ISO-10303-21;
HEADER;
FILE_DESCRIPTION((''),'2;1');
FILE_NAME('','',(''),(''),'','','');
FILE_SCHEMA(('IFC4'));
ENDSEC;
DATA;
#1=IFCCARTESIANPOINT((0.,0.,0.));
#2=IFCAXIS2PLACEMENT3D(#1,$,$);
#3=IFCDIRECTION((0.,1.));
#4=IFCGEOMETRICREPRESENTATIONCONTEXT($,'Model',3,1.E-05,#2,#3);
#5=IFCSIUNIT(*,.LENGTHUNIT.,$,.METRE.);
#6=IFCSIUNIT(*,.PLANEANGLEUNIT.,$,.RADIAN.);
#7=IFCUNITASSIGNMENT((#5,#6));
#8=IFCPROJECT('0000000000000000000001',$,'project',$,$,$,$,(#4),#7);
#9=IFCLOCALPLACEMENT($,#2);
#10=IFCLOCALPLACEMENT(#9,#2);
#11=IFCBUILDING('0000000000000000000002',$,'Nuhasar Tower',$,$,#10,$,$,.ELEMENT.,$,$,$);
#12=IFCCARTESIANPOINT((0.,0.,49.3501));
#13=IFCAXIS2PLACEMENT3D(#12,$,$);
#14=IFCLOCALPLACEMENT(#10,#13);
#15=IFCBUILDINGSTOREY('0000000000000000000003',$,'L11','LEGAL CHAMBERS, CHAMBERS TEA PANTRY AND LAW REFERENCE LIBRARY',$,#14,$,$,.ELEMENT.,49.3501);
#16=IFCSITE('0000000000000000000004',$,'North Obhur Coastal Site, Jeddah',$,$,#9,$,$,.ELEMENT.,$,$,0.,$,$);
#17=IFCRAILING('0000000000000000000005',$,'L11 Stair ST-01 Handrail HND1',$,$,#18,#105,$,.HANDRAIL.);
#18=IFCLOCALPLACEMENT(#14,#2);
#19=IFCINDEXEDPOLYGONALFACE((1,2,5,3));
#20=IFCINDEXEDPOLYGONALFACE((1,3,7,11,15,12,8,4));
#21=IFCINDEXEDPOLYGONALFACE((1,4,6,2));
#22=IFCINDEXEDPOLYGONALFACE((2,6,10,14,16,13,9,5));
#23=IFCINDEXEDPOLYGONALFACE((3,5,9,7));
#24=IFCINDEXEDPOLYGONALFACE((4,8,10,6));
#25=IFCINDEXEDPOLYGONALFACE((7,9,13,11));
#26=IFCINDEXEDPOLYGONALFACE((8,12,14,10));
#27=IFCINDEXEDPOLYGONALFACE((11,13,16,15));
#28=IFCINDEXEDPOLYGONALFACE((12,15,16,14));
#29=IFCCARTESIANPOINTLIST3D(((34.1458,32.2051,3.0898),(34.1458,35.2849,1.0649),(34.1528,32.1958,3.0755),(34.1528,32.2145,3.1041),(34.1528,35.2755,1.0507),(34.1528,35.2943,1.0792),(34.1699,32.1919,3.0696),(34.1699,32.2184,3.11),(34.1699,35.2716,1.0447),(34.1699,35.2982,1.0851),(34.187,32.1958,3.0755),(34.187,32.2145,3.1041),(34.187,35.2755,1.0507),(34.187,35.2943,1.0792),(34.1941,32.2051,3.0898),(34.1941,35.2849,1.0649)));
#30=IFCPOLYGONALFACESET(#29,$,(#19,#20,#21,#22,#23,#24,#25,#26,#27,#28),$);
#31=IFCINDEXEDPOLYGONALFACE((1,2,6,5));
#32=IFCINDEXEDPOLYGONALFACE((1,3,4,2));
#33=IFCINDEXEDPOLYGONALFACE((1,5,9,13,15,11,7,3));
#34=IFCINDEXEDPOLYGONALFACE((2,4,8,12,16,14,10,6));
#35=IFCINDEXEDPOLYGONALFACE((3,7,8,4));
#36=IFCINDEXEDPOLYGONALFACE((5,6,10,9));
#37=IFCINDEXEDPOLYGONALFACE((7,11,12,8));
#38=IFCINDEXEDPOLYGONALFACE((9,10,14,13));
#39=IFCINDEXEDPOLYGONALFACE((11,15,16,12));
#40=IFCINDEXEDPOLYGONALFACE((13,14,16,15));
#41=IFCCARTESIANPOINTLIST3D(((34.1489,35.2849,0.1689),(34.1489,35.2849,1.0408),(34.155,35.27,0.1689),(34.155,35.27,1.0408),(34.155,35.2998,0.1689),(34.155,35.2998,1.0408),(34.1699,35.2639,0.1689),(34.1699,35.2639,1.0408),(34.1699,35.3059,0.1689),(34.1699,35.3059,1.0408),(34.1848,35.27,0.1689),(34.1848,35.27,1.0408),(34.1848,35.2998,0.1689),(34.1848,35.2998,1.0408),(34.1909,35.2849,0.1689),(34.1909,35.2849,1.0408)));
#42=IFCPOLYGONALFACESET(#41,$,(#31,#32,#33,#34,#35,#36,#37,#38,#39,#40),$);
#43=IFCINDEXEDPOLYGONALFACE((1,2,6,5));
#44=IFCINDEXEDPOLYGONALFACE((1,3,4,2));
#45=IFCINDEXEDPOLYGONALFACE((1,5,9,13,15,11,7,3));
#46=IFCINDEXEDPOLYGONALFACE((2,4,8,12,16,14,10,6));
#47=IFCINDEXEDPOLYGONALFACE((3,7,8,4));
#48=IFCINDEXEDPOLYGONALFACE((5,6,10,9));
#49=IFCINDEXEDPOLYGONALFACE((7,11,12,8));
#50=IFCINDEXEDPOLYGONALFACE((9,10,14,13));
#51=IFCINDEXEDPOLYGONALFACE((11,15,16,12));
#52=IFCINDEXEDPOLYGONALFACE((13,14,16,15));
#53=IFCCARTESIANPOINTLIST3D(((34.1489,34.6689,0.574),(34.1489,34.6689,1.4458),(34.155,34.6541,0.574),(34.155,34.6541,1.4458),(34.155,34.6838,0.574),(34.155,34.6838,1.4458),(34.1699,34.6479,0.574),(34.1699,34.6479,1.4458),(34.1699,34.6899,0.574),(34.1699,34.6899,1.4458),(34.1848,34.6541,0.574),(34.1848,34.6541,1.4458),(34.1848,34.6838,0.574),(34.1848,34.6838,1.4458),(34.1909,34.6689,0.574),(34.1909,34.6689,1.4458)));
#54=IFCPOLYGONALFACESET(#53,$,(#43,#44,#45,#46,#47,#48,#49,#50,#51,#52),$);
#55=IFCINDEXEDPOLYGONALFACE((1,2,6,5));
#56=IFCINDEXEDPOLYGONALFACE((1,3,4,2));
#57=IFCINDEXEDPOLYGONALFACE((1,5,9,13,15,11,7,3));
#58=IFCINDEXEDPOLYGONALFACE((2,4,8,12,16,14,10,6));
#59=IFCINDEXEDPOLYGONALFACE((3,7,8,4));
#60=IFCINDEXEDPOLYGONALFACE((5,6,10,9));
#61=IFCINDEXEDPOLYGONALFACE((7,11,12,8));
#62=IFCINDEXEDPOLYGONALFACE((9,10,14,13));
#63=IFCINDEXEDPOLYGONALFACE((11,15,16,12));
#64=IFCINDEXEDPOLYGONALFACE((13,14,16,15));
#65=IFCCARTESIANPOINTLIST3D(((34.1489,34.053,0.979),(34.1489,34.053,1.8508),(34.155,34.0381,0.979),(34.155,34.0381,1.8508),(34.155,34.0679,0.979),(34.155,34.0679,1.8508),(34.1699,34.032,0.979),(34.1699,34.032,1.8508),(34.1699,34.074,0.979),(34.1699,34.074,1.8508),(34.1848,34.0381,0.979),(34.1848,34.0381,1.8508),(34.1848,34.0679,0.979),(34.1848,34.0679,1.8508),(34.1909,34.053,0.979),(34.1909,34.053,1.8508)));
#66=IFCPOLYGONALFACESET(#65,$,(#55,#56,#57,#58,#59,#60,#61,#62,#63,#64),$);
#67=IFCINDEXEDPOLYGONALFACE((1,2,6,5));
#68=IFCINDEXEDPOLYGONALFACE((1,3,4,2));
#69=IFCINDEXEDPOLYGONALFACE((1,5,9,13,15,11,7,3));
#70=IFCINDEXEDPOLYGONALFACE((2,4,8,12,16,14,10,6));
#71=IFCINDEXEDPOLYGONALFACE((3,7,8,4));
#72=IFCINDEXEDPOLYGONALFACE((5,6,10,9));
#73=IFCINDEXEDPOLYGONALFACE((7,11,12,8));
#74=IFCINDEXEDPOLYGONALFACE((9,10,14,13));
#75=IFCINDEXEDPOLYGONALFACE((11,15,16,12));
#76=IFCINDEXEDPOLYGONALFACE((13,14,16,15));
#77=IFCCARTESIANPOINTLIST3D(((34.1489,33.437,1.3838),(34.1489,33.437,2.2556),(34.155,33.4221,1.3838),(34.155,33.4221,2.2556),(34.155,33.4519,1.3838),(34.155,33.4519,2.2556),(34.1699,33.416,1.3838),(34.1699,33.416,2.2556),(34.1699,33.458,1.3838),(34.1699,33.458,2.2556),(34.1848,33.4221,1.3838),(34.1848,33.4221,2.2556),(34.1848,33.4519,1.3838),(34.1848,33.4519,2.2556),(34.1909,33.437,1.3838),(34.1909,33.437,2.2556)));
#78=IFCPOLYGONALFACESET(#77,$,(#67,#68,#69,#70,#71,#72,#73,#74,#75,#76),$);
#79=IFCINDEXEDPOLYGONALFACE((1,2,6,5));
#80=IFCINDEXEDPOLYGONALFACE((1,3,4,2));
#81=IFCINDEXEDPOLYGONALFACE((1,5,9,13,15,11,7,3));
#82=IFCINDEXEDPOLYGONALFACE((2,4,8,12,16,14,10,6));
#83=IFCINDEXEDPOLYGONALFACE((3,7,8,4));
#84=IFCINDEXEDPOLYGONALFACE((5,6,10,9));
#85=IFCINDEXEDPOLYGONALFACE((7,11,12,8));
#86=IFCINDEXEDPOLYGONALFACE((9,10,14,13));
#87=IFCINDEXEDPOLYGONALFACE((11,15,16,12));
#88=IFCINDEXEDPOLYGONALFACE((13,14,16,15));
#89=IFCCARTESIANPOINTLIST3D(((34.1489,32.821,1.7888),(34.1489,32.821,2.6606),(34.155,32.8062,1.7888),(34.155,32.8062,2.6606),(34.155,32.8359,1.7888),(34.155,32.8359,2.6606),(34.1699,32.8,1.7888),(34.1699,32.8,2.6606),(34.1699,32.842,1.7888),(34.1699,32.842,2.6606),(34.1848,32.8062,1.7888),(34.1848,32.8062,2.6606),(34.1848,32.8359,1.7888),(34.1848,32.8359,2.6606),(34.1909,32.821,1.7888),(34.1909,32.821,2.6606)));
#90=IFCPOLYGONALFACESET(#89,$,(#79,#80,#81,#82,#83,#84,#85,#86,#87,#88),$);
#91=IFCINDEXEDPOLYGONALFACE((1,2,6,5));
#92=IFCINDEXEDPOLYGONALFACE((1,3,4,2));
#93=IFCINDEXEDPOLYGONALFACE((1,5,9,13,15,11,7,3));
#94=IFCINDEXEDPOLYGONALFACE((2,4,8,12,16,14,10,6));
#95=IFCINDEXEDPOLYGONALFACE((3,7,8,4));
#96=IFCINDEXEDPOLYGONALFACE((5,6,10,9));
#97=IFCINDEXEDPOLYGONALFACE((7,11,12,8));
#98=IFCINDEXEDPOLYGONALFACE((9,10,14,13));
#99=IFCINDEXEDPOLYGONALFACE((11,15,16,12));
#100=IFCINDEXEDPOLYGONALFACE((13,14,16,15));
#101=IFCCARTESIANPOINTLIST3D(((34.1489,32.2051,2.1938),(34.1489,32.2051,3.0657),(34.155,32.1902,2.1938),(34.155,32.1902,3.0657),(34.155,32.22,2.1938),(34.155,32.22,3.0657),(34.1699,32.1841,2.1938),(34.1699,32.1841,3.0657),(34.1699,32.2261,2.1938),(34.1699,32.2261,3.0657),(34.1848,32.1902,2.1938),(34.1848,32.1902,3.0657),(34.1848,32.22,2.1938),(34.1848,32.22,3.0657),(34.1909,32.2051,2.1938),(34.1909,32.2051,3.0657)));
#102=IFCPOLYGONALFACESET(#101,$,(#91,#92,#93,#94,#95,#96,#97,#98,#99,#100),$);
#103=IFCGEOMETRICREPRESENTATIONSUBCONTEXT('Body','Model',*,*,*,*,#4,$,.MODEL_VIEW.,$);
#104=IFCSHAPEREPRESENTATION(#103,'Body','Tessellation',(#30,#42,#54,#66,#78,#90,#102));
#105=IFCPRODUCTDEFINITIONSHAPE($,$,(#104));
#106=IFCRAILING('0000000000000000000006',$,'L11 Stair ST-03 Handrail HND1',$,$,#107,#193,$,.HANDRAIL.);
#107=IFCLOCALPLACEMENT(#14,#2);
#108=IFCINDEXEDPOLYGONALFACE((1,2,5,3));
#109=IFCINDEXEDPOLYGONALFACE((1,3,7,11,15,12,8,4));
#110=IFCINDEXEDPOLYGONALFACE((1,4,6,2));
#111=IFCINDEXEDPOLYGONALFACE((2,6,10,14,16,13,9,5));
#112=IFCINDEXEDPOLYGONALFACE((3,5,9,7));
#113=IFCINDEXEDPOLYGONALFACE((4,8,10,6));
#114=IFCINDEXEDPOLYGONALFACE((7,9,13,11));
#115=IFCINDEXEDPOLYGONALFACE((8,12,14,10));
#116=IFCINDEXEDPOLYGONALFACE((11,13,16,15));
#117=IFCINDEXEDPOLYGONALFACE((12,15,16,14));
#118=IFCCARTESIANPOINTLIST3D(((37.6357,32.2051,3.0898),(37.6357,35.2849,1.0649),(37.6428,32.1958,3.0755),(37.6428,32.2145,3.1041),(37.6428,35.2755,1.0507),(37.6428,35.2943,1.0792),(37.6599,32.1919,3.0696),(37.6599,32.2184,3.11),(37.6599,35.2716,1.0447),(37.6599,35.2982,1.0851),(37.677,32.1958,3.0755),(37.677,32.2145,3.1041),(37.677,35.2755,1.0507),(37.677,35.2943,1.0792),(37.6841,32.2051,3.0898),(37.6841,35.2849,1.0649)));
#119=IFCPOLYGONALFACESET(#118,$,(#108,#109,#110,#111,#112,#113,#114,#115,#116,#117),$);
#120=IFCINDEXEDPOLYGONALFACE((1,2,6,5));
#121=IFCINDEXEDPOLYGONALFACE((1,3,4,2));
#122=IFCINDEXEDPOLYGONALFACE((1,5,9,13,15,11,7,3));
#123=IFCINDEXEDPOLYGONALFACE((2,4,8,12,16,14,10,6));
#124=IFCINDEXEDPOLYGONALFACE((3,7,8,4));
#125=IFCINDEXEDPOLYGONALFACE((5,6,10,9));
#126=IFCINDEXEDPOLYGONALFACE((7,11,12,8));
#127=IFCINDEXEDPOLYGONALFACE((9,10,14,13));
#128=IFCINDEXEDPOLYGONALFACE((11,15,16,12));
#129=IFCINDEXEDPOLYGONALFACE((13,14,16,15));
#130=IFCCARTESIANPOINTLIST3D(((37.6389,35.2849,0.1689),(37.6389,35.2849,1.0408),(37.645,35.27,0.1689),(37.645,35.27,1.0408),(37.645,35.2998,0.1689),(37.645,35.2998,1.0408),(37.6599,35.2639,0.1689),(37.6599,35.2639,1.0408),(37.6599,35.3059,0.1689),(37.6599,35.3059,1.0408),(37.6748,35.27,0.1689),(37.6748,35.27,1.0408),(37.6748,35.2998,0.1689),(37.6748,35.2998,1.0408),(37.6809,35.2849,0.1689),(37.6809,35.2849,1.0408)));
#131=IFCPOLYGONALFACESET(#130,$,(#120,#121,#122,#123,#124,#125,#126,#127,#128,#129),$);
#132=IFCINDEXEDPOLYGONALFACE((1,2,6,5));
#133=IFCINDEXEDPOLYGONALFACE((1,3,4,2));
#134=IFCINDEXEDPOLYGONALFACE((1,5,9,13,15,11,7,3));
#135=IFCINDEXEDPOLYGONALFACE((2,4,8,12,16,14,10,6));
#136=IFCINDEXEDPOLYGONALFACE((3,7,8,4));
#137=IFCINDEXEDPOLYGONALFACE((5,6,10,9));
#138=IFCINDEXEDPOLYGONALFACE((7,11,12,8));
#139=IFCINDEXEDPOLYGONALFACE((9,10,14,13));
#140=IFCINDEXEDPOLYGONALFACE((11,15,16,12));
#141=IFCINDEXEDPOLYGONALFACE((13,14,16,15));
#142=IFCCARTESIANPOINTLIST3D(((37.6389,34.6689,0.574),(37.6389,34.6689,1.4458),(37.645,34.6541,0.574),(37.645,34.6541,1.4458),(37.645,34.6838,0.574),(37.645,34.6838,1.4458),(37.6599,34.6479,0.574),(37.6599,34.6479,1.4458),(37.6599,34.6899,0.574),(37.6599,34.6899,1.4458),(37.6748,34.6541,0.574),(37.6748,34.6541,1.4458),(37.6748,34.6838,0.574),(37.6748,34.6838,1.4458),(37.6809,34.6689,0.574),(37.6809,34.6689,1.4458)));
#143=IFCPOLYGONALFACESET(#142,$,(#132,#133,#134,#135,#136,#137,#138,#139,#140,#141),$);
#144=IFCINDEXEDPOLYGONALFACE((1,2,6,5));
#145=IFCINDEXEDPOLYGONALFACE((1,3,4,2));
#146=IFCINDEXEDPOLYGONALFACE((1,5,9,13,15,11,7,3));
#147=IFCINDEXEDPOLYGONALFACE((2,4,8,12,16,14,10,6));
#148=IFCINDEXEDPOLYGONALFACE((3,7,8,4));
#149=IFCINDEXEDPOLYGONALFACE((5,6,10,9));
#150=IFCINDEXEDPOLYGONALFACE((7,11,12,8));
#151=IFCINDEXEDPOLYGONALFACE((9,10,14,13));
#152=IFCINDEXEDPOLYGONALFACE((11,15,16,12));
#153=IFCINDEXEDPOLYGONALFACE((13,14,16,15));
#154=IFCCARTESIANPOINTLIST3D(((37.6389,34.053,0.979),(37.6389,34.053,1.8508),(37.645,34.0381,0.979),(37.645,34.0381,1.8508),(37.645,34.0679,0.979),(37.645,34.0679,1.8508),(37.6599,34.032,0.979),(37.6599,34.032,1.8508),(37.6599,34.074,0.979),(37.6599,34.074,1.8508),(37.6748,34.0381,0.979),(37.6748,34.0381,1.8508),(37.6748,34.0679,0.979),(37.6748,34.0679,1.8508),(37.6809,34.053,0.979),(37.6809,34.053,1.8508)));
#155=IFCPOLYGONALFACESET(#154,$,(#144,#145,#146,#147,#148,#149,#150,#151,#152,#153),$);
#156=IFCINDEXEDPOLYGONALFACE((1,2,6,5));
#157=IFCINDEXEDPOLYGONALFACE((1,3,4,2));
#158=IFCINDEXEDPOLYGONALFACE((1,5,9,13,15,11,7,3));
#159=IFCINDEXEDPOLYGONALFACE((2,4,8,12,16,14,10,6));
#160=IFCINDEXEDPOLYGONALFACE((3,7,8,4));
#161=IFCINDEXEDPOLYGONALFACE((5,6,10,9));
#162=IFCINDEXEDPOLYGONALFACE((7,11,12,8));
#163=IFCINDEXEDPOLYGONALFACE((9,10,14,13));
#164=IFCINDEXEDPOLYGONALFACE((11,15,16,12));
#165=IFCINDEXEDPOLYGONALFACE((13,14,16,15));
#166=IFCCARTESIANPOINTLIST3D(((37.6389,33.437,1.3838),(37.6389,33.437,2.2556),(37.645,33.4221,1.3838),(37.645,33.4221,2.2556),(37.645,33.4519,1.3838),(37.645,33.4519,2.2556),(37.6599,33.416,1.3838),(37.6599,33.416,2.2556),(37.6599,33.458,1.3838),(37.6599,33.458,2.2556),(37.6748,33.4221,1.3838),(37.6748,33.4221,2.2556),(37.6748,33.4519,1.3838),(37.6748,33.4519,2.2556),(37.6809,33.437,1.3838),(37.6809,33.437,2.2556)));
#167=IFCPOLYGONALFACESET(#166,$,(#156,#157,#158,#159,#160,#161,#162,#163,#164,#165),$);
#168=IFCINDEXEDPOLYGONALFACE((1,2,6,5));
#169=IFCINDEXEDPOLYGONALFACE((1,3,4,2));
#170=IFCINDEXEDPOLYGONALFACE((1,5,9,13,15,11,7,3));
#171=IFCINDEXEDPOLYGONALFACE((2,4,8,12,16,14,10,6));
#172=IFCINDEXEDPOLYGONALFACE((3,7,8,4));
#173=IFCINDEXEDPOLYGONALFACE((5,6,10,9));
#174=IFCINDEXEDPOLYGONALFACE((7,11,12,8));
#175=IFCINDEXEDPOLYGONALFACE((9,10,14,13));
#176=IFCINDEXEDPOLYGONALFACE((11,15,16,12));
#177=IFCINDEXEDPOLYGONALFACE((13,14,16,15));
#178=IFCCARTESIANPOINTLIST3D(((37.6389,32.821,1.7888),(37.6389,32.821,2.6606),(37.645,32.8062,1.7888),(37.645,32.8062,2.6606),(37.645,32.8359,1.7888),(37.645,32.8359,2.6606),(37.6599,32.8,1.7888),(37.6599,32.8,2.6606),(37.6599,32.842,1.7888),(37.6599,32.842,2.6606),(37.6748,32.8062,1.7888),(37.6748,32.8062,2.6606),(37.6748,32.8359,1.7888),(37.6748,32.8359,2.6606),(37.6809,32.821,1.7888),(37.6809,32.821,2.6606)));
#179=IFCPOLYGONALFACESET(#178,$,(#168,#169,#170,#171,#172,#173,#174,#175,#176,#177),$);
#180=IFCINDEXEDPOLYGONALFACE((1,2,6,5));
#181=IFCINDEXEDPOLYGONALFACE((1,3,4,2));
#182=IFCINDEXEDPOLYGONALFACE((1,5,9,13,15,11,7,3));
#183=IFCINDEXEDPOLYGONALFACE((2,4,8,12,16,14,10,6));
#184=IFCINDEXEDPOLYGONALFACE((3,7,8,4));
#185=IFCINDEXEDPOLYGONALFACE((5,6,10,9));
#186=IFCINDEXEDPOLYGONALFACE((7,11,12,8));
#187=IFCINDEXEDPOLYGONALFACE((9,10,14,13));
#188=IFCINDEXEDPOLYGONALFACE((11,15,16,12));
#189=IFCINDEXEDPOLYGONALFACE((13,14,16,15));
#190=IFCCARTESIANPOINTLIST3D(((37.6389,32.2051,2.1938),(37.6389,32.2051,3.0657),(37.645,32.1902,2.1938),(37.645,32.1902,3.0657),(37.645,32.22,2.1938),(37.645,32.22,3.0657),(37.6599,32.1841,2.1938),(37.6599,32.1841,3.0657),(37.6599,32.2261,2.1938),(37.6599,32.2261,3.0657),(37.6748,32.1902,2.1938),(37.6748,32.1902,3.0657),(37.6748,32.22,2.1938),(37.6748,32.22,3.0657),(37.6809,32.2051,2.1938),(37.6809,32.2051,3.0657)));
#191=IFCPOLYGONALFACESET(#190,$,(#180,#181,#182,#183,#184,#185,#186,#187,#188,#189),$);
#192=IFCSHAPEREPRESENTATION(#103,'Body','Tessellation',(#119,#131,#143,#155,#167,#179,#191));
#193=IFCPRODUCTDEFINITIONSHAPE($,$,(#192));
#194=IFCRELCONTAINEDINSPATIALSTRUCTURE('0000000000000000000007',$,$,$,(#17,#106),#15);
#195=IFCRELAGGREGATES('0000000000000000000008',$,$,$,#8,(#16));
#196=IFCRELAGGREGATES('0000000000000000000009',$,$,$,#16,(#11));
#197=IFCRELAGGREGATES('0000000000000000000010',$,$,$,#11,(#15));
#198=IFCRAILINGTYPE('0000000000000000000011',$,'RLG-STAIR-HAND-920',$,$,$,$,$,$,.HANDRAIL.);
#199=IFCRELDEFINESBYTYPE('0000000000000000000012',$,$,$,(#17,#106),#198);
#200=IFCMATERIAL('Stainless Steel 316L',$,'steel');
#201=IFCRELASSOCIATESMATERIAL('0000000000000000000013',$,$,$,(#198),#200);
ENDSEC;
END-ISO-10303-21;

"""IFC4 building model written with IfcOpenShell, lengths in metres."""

from ifc_helpers import new_model, si_unit, direction, frame, origin, place, context, subcontext, project, spatial, polyline, outline, extrude, material, type_object, element, save


model = new_model("IFC4")

# Units and contexts
model_context = context("Model", 3, precision=1e-05, world=origin(), true_north=direction((0.0, 1.0)))
body_context = subcontext(model_context, "Body", "Model", "MODEL_VIEW")
ifc_project = project(units=[si_unit("LENGTHUNIT", "METRE"), si_unit("PLANEANGLEUNIT", "RADIAN")], contexts=[model_context])

# Site, building, storey
site_placement = place(None, origin())
site = spatial("IfcSite", under=ifc_project, at=site_placement, Name="North Obhur Coastal Site, Jeddah", CompositionType="ELEMENT", RefElevation=0.0)
building_placement = place(site_placement, origin())
building = spatial("IfcBuilding", under=site, at=building_placement, Name="Nuhasar Tower", CompositionType="ELEMENT")
storey_placement = place(building_placement, frame((0.0, 0.0, 49.3501)))
storey = spatial("IfcBuildingStorey", under=building, at=storey_placement, Name="L11", Description="LEGAL CHAMBERS, CHAMBERS TEA PANTRY AND LAW REFERENCE LIBRARY", CompositionType="ELEMENT", Elevation=49.3501)

# Railings
ifc_material_1 = material(Name="Stainless Steel 316L", Category="steel")
railing_type_1 = type_object("IfcRailingType", Name="RLG-STAIR-HAND-920", PredefinedType="HANDRAIL", material=ifc_material_1)
railing_1_placement = place(storey_placement, frame((34.1699, 35.2849, 0.1689)))
element("IfcRailing", 1, at=railing_1_placement, inside=storey, type_object=railing_type_1, Name="L11 Stair ST-01 Handrail HND1", PredefinedType="HANDRAIL", context=body_context, shape_type="SweptSolid", body=[
    extrude(outline(polyline([(0.0242, 0.0), (0.0171, 0.0171), (0.0, 0.0242), (-0.0171, 0.0171), (-0.0242, 0.0), (-0.0171, -0.0171), (0.0, -0.0242), (0.0171, -0.0171), (0.0242, 0.0)])), frame((0.0, 0.0, 0.896), z_axis=(0.0, -0.83558, 0.54937), x_axis=(1.0, 0.0, 0.0)), (0.0, 0.0, 1.0), 3.6858),
    extrude(outline(polyline([(0.021, 0.0), (0.0149, 0.0149), (0.0, 0.021), (-0.0149, 0.0149), (-0.021, 0.0), (-0.0149, -0.0149), (0.0, -0.021), (0.0149, -0.0149), (0.021, 0.0)])), origin(), (0.0, 0.0, 1.0), 0.8718),
    extrude(outline(polyline([(0.021, 0.0), (0.0149, 0.0149), (0.0, 0.021), (-0.0149, 0.0149), (-0.021, 0.0), (-0.0149, -0.0149), (0.0, -0.021), (0.0149, -0.0149), (0.021, 0.0)])), frame((0.0, -0.616, 0.405)), (0.0, 0.0, 1.0), 0.8718),
    extrude(outline(polyline([(0.021, 0.0), (0.0149, 0.0149), (0.0, 0.021), (-0.0149, 0.0149), (-0.021, 0.0), (-0.0149, -0.0149), (0.0, -0.021), (0.0149, -0.0149), (0.021, 0.0)])), frame((0.0, -1.2319, 0.8101)), (0.0, 0.0, 1.0), 0.8718),
    extrude(outline(polyline([(0.021, 0.0), (0.0149, 0.0149), (0.0, 0.021), (-0.0149, 0.0149), (-0.021, 0.0), (-0.0149, -0.0149), (0.0, -0.021), (0.0149, -0.0149), (0.021, 0.0)])), frame((0.0, -1.8479, 1.2148)), (0.0, 0.0, 1.0), 0.8718),
    extrude(outline(polyline([(0.021, 0.0), (0.0149, 0.0149), (0.0, 0.021), (-0.0149, 0.0149), (-0.021, 0.0), (-0.0149, -0.0149), (0.0, -0.021), (0.0149, -0.0149), (0.021, 0.0)])), frame((0.0, -2.4639, 1.6199)), (0.0, 0.0, 1.0), 0.8718),
    extrude(outline(polyline([(0.021, 0.0), (0.0149, 0.0149), (0.0, 0.021), (-0.0149, 0.0149), (-0.021, 0.0), (-0.0149, -0.0149), (0.0, -0.021), (0.0149, -0.0149), (0.021, 0.0)])), frame((0.0, -3.0798, 2.0249)), (0.0, 0.0, 1.0), 0.8718),
])
railing_2_placement = place(storey_placement, frame((37.6599, 35.2849, 0.1689)))
element("IfcRailing", 2, at=railing_2_placement, inside=storey, type_object=railing_type_1, Name="L11 Stair ST-03 Handrail HND1", PredefinedType="HANDRAIL", context=body_context, shape_type="SweptSolid", body=[
    extrude(outline(polyline([(0.0242, 0.0), (0.0171, 0.0171), (0.0, 0.0242), (-0.0171, 0.0171), (-0.0242, 0.0), (-0.0171, -0.0171), (0.0, -0.0242), (0.0171, -0.0171), (0.0242, 0.0)])), frame((0.0, 0.0, 0.896), z_axis=(0.0, -0.83558, 0.54937), x_axis=(1.0, 0.0, 0.0)), (0.0, 0.0, 1.0), 3.6858),
    extrude(outline(polyline([(0.021, 0.0), (0.0149, 0.0149), (0.0, 0.021), (-0.0149, 0.0149), (-0.021, 0.0), (-0.0149, -0.0149), (0.0, -0.021), (0.0149, -0.0149), (0.021, 0.0)])), origin(), (0.0, 0.0, 1.0), 0.8718),
    extrude(outline(polyline([(0.021, 0.0), (0.0149, 0.0149), (0.0, 0.021), (-0.0149, 0.0149), (-0.021, 0.0), (-0.0149, -0.0149), (0.0, -0.021), (0.0149, -0.0149), (0.021, 0.0)])), frame((0.0, -0.616, 0.405)), (0.0, 0.0, 1.0), 0.8718),
    extrude(outline(polyline([(0.021, 0.0), (0.0149, 0.0149), (0.0, 0.021), (-0.0149, 0.0149), (-0.021, 0.0), (-0.0149, -0.0149), (0.0, -0.021), (0.0149, -0.0149), (0.021, 0.0)])), frame((0.0, -1.2319, 0.8101)), (0.0, 0.0, 1.0), 0.8718),
    extrude(outline(polyline([(0.021, 0.0), (0.0149, 0.0149), (0.0, 0.021), (-0.0149, 0.0149), (-0.021, 0.0), (-0.0149, -0.0149), (0.0, -0.021), (0.0149, -0.0149), (0.021, 0.0)])), frame((0.0, -1.8479, 1.2148)), (0.0, 0.0, 1.0), 0.8718),
    extrude(outline(polyline([(0.021, 0.0), (0.0149, 0.0149), (0.0, 0.021), (-0.0149, 0.0149), (-0.021, 0.0), (-0.0149, -0.0149), (0.0, -0.021), (0.0149, -0.0149), (0.021, 0.0)])), frame((0.0, -2.4639, 1.6199)), (0.0, 0.0, 1.0), 0.8718),
    extrude(outline(polyline([(0.021, 0.0), (0.0149, 0.0149), (0.0, 0.021), (-0.0149, 0.0149), (-0.021, 0.0), (-0.0149, -0.0149), (0.0, -0.021), (0.0149, -0.0149), (0.021, 0.0)])), frame((0.0, -3.0798, 2.0249)), (0.0, 0.0, 1.0), 0.8718),
])

save(model, "model.ifc")
